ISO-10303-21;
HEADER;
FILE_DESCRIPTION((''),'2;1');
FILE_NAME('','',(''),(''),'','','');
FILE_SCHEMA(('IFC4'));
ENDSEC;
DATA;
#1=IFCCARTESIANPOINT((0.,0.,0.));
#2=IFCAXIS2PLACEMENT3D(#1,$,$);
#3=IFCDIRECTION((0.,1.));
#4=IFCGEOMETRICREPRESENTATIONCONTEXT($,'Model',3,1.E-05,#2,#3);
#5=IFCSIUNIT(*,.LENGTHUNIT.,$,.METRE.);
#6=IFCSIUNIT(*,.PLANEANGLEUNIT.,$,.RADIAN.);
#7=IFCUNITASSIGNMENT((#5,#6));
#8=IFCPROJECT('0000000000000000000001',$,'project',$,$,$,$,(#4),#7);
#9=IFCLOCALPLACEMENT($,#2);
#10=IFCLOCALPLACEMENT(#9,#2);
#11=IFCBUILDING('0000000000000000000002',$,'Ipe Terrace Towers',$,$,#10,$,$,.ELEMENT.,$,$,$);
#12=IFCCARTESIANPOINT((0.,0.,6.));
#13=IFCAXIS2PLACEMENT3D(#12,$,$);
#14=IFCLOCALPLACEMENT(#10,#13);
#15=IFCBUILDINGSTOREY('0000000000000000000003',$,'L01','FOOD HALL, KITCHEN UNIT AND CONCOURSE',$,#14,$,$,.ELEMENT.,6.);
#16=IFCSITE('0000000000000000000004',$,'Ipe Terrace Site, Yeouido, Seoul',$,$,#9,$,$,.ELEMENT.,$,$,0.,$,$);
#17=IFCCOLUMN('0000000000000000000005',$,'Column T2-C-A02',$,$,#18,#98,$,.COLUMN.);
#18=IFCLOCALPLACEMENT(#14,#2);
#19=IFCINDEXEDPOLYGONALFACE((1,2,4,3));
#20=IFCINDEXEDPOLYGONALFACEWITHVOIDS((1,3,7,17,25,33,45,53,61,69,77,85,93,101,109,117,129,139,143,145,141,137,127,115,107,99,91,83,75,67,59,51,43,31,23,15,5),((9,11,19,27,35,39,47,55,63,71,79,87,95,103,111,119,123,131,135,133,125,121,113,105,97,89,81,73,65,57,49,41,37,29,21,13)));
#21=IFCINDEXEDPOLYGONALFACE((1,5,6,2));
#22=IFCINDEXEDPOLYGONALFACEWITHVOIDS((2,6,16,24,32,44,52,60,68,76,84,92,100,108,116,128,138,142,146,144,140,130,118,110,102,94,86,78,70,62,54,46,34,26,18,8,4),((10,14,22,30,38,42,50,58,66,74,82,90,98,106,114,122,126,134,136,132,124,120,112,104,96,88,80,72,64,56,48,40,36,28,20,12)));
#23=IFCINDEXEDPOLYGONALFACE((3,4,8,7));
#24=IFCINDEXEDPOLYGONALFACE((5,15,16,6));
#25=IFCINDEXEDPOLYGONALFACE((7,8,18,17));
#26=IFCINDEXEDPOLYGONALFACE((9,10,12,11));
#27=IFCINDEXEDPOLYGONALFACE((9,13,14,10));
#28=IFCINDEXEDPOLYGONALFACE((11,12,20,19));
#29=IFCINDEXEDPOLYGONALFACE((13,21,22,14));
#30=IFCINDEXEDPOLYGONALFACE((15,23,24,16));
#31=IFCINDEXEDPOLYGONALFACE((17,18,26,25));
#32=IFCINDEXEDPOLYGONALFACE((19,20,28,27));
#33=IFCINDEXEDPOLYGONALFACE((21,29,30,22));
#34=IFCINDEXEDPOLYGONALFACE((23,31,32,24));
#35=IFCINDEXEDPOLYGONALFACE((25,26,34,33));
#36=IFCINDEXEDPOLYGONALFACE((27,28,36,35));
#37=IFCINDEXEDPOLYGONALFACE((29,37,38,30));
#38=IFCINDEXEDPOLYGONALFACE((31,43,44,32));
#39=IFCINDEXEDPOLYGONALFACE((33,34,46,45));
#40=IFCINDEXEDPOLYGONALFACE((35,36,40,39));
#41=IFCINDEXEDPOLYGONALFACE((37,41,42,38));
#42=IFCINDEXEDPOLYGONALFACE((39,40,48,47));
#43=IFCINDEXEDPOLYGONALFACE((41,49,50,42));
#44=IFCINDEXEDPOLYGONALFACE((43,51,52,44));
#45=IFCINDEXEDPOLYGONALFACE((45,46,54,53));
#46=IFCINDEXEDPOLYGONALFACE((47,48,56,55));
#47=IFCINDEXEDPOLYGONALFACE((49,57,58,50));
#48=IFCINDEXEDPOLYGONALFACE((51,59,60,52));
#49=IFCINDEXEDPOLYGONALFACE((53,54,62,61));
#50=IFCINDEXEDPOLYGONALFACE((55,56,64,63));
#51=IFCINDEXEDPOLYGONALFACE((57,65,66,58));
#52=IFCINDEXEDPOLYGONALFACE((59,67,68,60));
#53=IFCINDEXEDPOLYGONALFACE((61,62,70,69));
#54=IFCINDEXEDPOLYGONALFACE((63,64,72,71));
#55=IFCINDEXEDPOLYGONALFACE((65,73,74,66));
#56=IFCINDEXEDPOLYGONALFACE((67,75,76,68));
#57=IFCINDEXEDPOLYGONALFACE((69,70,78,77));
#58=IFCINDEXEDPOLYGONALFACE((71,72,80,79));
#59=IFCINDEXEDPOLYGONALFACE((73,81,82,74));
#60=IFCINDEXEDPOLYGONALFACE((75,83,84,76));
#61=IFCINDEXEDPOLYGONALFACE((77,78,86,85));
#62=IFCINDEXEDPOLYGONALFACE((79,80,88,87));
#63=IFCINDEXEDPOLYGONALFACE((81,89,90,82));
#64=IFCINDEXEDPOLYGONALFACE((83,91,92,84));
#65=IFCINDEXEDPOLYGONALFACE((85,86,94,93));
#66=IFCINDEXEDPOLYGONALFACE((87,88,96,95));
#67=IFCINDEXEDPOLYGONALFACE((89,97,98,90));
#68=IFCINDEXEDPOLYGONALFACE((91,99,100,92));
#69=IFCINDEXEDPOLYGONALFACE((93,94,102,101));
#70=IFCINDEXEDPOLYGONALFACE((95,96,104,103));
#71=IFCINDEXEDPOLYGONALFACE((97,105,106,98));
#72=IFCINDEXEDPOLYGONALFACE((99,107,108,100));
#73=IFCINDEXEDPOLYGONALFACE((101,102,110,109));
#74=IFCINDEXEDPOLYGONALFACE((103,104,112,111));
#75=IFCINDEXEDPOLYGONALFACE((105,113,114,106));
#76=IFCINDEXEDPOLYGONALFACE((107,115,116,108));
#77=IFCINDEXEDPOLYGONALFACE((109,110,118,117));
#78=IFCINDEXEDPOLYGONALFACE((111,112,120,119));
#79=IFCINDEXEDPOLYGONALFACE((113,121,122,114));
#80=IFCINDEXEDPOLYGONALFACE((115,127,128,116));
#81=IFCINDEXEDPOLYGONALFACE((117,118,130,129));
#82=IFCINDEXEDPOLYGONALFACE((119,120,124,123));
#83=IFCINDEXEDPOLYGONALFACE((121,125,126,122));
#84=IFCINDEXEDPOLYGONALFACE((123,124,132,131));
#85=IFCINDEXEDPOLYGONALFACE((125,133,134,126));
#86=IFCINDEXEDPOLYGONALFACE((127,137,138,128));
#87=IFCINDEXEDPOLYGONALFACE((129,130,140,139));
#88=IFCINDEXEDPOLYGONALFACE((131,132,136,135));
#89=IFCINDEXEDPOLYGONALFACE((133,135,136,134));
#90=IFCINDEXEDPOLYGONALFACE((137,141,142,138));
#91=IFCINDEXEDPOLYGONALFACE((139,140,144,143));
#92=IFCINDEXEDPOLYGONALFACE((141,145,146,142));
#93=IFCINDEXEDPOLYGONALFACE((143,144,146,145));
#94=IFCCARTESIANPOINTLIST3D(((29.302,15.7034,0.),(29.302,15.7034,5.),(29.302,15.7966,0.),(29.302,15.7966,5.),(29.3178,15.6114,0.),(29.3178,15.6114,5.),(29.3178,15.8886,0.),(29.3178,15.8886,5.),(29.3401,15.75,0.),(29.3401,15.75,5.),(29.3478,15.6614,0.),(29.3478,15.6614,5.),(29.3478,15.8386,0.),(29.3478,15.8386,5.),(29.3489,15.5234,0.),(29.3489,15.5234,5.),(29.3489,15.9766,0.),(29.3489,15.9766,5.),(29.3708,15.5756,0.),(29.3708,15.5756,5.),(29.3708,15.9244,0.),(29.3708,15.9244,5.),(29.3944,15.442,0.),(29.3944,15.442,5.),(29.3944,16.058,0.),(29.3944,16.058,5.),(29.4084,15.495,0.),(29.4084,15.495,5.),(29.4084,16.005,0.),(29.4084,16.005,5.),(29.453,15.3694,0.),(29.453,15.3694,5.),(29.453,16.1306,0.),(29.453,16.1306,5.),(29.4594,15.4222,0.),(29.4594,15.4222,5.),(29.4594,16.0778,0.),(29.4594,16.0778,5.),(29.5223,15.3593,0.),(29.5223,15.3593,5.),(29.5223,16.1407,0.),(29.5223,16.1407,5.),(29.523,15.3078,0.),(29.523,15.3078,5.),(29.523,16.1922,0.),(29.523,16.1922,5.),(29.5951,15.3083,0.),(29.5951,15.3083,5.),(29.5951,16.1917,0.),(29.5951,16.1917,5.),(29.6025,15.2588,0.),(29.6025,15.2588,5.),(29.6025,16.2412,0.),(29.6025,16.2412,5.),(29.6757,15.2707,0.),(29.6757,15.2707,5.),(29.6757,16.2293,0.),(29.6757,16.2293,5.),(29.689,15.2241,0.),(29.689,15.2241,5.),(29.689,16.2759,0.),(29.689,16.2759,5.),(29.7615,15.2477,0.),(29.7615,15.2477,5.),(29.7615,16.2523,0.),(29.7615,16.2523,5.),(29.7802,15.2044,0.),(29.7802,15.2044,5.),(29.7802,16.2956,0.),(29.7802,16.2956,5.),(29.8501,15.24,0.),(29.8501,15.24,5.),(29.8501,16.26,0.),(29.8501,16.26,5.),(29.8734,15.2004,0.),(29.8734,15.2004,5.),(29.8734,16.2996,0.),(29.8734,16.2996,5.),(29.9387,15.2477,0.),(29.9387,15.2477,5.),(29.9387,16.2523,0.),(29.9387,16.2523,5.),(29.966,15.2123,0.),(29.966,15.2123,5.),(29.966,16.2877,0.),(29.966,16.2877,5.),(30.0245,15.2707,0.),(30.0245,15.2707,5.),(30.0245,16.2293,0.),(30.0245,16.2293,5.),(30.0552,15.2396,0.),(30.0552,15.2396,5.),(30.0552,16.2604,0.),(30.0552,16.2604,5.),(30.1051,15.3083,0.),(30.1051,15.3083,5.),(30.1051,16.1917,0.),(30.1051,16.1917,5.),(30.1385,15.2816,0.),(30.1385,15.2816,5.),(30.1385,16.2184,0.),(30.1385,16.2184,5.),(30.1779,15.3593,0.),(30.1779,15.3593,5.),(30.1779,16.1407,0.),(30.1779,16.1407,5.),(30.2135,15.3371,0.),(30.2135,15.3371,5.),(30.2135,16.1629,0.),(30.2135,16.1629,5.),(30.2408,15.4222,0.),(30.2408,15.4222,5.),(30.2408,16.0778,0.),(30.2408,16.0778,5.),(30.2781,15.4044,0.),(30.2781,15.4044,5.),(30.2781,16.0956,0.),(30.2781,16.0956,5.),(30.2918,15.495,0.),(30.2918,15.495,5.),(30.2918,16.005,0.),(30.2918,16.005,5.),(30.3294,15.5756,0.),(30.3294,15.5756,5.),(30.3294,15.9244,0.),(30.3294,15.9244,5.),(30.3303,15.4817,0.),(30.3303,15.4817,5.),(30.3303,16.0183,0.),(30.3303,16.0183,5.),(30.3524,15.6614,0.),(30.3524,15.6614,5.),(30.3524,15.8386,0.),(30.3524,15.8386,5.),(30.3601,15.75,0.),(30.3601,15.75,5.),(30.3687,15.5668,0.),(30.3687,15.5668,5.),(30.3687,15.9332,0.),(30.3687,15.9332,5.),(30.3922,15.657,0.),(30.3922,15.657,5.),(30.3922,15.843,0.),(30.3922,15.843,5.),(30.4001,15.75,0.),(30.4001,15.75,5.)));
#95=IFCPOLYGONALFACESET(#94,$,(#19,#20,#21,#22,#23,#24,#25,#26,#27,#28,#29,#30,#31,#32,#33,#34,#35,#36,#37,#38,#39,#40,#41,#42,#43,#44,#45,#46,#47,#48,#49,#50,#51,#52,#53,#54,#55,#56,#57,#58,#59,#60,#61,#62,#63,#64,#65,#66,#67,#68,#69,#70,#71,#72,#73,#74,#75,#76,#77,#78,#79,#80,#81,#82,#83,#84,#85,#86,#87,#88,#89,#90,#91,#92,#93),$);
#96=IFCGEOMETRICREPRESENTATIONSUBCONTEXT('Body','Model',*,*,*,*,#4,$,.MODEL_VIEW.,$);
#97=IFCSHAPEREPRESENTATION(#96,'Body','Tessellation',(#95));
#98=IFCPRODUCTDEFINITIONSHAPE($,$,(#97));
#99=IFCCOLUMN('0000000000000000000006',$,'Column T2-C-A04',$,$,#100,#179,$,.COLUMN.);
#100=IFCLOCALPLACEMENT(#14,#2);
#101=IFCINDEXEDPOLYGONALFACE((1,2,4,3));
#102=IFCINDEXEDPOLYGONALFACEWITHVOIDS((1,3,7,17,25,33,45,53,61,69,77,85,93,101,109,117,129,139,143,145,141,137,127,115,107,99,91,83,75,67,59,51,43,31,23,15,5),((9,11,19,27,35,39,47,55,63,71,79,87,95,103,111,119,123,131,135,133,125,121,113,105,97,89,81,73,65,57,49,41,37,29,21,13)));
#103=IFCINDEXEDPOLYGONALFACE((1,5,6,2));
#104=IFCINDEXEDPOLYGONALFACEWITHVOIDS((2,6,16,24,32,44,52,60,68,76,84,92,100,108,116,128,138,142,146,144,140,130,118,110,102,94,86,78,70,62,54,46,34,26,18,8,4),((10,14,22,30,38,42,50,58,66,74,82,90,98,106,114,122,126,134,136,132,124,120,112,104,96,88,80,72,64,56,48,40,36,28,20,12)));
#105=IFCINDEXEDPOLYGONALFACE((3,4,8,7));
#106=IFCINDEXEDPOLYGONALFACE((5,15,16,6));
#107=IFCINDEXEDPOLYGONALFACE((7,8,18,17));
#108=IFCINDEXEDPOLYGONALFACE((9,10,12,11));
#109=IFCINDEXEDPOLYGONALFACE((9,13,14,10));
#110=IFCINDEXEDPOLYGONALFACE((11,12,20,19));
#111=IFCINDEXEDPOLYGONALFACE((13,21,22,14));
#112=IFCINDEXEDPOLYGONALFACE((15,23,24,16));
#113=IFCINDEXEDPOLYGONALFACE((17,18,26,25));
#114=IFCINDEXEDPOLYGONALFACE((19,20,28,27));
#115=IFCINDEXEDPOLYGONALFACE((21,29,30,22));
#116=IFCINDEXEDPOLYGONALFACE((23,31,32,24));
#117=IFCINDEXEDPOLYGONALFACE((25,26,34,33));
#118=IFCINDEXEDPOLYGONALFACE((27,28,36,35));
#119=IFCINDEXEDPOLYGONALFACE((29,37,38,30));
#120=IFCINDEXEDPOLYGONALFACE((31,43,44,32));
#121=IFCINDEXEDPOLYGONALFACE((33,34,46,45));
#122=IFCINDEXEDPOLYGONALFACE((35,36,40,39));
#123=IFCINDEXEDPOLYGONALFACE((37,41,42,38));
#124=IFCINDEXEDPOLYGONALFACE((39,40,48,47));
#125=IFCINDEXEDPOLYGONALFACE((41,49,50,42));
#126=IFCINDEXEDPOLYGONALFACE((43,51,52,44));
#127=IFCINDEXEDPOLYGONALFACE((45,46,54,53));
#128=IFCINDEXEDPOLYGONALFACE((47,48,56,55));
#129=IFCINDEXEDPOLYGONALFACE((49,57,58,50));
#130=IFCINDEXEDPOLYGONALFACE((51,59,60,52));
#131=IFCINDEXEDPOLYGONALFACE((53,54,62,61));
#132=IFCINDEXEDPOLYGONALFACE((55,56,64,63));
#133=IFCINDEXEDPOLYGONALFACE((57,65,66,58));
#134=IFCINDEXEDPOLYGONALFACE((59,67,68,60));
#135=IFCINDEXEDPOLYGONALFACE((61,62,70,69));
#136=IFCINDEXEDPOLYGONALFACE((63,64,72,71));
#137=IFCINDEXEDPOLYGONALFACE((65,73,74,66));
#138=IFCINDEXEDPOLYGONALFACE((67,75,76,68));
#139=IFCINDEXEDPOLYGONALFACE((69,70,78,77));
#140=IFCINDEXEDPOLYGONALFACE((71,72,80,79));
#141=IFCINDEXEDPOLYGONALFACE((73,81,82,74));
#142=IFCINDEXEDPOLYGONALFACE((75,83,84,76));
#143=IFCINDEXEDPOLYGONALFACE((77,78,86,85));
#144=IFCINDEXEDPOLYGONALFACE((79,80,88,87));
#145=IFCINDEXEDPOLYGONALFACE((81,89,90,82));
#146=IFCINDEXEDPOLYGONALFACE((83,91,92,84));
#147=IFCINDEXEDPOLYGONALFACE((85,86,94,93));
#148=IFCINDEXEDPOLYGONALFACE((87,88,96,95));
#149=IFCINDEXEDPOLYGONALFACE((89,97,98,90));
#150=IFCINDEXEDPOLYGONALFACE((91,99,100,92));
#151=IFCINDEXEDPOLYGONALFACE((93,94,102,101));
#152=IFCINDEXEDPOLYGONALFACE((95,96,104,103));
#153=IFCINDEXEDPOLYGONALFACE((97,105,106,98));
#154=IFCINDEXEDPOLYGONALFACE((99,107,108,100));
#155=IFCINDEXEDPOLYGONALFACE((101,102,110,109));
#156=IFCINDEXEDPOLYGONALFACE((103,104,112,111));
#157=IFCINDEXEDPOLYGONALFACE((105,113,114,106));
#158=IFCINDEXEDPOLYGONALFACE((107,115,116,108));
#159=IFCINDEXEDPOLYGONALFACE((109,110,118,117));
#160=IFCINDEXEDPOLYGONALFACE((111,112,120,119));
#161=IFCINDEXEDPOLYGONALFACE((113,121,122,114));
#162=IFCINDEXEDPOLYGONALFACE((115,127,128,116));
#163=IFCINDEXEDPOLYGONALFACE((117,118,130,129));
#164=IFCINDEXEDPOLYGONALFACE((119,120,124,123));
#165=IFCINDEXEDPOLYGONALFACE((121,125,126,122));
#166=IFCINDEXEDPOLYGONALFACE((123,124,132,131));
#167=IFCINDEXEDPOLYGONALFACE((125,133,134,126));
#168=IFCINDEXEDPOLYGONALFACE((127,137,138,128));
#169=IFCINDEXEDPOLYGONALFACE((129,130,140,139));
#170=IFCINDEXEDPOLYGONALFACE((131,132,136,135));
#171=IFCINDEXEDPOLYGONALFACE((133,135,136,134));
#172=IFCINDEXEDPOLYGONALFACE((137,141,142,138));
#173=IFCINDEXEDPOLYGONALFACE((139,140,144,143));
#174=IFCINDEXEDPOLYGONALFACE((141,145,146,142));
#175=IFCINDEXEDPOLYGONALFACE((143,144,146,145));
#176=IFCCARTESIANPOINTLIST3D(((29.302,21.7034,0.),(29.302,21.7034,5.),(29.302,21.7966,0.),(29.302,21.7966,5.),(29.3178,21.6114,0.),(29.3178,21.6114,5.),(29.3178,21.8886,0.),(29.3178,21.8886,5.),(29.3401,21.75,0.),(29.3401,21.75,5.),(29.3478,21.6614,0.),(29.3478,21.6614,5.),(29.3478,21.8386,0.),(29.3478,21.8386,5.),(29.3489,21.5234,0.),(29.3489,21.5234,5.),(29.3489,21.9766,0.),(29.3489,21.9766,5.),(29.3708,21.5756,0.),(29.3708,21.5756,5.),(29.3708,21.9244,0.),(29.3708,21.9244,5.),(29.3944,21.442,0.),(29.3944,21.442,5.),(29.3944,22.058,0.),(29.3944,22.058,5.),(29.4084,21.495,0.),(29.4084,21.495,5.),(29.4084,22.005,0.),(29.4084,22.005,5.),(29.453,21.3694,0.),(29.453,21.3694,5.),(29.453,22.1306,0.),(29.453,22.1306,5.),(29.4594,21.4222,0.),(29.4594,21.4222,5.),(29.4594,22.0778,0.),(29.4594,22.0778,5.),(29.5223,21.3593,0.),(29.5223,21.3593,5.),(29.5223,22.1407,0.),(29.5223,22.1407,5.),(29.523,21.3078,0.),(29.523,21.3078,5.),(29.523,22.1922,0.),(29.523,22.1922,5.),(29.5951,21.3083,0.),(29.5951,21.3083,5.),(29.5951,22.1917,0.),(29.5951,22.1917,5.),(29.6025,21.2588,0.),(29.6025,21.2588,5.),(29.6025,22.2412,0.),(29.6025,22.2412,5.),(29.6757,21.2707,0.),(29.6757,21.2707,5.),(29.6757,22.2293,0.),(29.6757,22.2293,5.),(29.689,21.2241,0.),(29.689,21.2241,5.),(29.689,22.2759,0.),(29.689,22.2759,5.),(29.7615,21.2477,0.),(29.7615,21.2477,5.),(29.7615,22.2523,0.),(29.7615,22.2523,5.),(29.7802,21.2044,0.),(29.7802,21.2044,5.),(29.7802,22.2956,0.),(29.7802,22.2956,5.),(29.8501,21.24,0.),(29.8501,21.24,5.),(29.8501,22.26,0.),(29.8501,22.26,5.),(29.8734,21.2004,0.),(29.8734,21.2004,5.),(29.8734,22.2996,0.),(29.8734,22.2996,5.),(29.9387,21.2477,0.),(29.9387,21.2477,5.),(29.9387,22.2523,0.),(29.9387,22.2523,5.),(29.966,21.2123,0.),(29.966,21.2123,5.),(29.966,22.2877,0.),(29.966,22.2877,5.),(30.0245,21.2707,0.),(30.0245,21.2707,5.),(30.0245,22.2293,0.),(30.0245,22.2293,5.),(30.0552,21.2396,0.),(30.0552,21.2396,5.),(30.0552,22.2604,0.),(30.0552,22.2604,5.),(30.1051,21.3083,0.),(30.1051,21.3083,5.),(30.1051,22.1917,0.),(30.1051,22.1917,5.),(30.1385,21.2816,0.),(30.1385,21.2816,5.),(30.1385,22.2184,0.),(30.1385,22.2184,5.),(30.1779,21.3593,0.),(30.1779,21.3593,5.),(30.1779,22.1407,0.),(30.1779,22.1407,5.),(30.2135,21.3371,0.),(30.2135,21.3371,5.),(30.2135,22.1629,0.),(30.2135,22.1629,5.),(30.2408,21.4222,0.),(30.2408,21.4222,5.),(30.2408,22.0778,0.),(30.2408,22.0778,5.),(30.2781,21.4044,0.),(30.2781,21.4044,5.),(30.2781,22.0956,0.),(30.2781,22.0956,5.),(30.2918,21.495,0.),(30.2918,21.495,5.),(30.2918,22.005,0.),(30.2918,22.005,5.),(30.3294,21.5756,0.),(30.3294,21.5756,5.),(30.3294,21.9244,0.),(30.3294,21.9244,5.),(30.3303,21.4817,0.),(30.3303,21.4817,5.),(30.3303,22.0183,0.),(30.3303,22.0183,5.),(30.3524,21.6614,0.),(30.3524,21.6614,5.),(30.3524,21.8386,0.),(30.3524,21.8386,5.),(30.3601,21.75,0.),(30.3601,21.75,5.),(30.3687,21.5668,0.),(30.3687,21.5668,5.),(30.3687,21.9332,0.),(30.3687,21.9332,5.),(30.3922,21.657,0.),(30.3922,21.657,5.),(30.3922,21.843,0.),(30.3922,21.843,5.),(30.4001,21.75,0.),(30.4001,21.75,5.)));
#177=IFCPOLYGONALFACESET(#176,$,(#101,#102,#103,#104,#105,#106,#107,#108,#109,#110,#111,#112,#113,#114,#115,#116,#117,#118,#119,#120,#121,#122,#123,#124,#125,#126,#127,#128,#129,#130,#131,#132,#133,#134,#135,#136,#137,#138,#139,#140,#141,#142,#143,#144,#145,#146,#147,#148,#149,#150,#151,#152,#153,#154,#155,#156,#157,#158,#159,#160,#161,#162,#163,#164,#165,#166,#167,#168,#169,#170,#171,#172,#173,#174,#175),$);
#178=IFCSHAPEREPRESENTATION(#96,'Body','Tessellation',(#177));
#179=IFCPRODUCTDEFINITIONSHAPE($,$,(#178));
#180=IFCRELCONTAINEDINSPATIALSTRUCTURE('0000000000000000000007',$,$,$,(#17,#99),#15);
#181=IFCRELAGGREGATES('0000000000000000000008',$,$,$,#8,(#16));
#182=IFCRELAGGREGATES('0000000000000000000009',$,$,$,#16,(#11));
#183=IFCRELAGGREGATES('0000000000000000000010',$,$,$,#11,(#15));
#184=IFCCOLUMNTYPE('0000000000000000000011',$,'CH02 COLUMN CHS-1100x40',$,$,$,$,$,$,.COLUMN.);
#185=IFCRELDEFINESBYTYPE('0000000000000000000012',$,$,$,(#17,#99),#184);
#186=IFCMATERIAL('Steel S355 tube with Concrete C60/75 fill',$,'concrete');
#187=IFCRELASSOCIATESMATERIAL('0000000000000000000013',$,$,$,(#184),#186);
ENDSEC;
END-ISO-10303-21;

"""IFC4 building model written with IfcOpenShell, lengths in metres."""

from ifc_helpers import new_model, si_unit, direction, frame, origin, origin_2d, place, context, subcontext, project, spatial, hollow_circle, extrude, material, material_profile, profile_set, type_object, element, save


model = new_model("IFC4")

# Units and contexts
model_context = context("Model", 3, precision=1e-05, world=origin(), true_north=direction((0.0, 1.0)))
body_context = subcontext(model_context, "Body", "Model", "MODEL_VIEW")
ifc_project = project(units=[si_unit("LENGTHUNIT", "METRE"), si_unit("PLANEANGLEUNIT", "RADIAN")], contexts=[model_context])

# Site, building, storey
site_placement = place(None, origin())
site = spatial("IfcSite", under=ifc_project, at=site_placement, Name="Ipe Terrace Site, Yeouido, Seoul", CompositionType="ELEMENT", RefElevation=0.0)
building_placement = place(site_placement, origin())
building = spatial("IfcBuilding", under=site, at=building_placement, Name="Ipe Terrace Towers", CompositionType="ELEMENT")
storey_placement = place(building_placement, frame((0.0, 0.0, 6.0)))
storey = spatial("IfcBuildingStorey", under=building, at=storey_placement, Name="L01", Description="FOOD HALL, KITCHEN UNIT AND CONCOURSE", CompositionType="ELEMENT", Elevation=6.0)

# Columns
ifc_material_1 = material(Name="Steel S355 tube with Concrete C60/75 fill", Category="concrete")
ifc_material_profile_1 = material_profile(ifc_material_1, hollow_circle(Radius=0.55, WallThickness=0.04, at=origin_2d()), Name="CHS-1100x40")
ifc_profile_set_1 = profile_set([ifc_material_profile_1], Name="Steel S355 tube with Concrete C60/75 fill")
column_type_1 = type_object("IfcColumnType", Name="CH02 COLUMN CHS-1100x40", PredefinedType="COLUMN", material=ifc_profile_set_1)
for number, where, z_axis, x_axis, name in (
    (1, (29.8501, 15.75, 0.0), (0.0, 0.0, 1.0), (1.0, 0.0, 0.0), "Column T2-C-A02"),
    (2, (29.8501, 21.75, 0.0), (0.0, 0.0, 1.0), (1.0, 0.0, 0.0), "Column T2-C-A04"),
):
    element("IfcColumn", number, at=place(storey_placement, frame(where, z_axis=z_axis, x_axis=x_axis)), inside=storey, type_object=column_type_1, Name=name, PredefinedType="COLUMN", context=body_context, shape_type="SweptSolid", body=[
        extrude(hollow_circle(Radius=0.55, WallThickness=0.04, at=origin_2d()), origin(), (0.0, 0.0, 1.0), 5.0),
    ])

save(model, "model.ifc")
